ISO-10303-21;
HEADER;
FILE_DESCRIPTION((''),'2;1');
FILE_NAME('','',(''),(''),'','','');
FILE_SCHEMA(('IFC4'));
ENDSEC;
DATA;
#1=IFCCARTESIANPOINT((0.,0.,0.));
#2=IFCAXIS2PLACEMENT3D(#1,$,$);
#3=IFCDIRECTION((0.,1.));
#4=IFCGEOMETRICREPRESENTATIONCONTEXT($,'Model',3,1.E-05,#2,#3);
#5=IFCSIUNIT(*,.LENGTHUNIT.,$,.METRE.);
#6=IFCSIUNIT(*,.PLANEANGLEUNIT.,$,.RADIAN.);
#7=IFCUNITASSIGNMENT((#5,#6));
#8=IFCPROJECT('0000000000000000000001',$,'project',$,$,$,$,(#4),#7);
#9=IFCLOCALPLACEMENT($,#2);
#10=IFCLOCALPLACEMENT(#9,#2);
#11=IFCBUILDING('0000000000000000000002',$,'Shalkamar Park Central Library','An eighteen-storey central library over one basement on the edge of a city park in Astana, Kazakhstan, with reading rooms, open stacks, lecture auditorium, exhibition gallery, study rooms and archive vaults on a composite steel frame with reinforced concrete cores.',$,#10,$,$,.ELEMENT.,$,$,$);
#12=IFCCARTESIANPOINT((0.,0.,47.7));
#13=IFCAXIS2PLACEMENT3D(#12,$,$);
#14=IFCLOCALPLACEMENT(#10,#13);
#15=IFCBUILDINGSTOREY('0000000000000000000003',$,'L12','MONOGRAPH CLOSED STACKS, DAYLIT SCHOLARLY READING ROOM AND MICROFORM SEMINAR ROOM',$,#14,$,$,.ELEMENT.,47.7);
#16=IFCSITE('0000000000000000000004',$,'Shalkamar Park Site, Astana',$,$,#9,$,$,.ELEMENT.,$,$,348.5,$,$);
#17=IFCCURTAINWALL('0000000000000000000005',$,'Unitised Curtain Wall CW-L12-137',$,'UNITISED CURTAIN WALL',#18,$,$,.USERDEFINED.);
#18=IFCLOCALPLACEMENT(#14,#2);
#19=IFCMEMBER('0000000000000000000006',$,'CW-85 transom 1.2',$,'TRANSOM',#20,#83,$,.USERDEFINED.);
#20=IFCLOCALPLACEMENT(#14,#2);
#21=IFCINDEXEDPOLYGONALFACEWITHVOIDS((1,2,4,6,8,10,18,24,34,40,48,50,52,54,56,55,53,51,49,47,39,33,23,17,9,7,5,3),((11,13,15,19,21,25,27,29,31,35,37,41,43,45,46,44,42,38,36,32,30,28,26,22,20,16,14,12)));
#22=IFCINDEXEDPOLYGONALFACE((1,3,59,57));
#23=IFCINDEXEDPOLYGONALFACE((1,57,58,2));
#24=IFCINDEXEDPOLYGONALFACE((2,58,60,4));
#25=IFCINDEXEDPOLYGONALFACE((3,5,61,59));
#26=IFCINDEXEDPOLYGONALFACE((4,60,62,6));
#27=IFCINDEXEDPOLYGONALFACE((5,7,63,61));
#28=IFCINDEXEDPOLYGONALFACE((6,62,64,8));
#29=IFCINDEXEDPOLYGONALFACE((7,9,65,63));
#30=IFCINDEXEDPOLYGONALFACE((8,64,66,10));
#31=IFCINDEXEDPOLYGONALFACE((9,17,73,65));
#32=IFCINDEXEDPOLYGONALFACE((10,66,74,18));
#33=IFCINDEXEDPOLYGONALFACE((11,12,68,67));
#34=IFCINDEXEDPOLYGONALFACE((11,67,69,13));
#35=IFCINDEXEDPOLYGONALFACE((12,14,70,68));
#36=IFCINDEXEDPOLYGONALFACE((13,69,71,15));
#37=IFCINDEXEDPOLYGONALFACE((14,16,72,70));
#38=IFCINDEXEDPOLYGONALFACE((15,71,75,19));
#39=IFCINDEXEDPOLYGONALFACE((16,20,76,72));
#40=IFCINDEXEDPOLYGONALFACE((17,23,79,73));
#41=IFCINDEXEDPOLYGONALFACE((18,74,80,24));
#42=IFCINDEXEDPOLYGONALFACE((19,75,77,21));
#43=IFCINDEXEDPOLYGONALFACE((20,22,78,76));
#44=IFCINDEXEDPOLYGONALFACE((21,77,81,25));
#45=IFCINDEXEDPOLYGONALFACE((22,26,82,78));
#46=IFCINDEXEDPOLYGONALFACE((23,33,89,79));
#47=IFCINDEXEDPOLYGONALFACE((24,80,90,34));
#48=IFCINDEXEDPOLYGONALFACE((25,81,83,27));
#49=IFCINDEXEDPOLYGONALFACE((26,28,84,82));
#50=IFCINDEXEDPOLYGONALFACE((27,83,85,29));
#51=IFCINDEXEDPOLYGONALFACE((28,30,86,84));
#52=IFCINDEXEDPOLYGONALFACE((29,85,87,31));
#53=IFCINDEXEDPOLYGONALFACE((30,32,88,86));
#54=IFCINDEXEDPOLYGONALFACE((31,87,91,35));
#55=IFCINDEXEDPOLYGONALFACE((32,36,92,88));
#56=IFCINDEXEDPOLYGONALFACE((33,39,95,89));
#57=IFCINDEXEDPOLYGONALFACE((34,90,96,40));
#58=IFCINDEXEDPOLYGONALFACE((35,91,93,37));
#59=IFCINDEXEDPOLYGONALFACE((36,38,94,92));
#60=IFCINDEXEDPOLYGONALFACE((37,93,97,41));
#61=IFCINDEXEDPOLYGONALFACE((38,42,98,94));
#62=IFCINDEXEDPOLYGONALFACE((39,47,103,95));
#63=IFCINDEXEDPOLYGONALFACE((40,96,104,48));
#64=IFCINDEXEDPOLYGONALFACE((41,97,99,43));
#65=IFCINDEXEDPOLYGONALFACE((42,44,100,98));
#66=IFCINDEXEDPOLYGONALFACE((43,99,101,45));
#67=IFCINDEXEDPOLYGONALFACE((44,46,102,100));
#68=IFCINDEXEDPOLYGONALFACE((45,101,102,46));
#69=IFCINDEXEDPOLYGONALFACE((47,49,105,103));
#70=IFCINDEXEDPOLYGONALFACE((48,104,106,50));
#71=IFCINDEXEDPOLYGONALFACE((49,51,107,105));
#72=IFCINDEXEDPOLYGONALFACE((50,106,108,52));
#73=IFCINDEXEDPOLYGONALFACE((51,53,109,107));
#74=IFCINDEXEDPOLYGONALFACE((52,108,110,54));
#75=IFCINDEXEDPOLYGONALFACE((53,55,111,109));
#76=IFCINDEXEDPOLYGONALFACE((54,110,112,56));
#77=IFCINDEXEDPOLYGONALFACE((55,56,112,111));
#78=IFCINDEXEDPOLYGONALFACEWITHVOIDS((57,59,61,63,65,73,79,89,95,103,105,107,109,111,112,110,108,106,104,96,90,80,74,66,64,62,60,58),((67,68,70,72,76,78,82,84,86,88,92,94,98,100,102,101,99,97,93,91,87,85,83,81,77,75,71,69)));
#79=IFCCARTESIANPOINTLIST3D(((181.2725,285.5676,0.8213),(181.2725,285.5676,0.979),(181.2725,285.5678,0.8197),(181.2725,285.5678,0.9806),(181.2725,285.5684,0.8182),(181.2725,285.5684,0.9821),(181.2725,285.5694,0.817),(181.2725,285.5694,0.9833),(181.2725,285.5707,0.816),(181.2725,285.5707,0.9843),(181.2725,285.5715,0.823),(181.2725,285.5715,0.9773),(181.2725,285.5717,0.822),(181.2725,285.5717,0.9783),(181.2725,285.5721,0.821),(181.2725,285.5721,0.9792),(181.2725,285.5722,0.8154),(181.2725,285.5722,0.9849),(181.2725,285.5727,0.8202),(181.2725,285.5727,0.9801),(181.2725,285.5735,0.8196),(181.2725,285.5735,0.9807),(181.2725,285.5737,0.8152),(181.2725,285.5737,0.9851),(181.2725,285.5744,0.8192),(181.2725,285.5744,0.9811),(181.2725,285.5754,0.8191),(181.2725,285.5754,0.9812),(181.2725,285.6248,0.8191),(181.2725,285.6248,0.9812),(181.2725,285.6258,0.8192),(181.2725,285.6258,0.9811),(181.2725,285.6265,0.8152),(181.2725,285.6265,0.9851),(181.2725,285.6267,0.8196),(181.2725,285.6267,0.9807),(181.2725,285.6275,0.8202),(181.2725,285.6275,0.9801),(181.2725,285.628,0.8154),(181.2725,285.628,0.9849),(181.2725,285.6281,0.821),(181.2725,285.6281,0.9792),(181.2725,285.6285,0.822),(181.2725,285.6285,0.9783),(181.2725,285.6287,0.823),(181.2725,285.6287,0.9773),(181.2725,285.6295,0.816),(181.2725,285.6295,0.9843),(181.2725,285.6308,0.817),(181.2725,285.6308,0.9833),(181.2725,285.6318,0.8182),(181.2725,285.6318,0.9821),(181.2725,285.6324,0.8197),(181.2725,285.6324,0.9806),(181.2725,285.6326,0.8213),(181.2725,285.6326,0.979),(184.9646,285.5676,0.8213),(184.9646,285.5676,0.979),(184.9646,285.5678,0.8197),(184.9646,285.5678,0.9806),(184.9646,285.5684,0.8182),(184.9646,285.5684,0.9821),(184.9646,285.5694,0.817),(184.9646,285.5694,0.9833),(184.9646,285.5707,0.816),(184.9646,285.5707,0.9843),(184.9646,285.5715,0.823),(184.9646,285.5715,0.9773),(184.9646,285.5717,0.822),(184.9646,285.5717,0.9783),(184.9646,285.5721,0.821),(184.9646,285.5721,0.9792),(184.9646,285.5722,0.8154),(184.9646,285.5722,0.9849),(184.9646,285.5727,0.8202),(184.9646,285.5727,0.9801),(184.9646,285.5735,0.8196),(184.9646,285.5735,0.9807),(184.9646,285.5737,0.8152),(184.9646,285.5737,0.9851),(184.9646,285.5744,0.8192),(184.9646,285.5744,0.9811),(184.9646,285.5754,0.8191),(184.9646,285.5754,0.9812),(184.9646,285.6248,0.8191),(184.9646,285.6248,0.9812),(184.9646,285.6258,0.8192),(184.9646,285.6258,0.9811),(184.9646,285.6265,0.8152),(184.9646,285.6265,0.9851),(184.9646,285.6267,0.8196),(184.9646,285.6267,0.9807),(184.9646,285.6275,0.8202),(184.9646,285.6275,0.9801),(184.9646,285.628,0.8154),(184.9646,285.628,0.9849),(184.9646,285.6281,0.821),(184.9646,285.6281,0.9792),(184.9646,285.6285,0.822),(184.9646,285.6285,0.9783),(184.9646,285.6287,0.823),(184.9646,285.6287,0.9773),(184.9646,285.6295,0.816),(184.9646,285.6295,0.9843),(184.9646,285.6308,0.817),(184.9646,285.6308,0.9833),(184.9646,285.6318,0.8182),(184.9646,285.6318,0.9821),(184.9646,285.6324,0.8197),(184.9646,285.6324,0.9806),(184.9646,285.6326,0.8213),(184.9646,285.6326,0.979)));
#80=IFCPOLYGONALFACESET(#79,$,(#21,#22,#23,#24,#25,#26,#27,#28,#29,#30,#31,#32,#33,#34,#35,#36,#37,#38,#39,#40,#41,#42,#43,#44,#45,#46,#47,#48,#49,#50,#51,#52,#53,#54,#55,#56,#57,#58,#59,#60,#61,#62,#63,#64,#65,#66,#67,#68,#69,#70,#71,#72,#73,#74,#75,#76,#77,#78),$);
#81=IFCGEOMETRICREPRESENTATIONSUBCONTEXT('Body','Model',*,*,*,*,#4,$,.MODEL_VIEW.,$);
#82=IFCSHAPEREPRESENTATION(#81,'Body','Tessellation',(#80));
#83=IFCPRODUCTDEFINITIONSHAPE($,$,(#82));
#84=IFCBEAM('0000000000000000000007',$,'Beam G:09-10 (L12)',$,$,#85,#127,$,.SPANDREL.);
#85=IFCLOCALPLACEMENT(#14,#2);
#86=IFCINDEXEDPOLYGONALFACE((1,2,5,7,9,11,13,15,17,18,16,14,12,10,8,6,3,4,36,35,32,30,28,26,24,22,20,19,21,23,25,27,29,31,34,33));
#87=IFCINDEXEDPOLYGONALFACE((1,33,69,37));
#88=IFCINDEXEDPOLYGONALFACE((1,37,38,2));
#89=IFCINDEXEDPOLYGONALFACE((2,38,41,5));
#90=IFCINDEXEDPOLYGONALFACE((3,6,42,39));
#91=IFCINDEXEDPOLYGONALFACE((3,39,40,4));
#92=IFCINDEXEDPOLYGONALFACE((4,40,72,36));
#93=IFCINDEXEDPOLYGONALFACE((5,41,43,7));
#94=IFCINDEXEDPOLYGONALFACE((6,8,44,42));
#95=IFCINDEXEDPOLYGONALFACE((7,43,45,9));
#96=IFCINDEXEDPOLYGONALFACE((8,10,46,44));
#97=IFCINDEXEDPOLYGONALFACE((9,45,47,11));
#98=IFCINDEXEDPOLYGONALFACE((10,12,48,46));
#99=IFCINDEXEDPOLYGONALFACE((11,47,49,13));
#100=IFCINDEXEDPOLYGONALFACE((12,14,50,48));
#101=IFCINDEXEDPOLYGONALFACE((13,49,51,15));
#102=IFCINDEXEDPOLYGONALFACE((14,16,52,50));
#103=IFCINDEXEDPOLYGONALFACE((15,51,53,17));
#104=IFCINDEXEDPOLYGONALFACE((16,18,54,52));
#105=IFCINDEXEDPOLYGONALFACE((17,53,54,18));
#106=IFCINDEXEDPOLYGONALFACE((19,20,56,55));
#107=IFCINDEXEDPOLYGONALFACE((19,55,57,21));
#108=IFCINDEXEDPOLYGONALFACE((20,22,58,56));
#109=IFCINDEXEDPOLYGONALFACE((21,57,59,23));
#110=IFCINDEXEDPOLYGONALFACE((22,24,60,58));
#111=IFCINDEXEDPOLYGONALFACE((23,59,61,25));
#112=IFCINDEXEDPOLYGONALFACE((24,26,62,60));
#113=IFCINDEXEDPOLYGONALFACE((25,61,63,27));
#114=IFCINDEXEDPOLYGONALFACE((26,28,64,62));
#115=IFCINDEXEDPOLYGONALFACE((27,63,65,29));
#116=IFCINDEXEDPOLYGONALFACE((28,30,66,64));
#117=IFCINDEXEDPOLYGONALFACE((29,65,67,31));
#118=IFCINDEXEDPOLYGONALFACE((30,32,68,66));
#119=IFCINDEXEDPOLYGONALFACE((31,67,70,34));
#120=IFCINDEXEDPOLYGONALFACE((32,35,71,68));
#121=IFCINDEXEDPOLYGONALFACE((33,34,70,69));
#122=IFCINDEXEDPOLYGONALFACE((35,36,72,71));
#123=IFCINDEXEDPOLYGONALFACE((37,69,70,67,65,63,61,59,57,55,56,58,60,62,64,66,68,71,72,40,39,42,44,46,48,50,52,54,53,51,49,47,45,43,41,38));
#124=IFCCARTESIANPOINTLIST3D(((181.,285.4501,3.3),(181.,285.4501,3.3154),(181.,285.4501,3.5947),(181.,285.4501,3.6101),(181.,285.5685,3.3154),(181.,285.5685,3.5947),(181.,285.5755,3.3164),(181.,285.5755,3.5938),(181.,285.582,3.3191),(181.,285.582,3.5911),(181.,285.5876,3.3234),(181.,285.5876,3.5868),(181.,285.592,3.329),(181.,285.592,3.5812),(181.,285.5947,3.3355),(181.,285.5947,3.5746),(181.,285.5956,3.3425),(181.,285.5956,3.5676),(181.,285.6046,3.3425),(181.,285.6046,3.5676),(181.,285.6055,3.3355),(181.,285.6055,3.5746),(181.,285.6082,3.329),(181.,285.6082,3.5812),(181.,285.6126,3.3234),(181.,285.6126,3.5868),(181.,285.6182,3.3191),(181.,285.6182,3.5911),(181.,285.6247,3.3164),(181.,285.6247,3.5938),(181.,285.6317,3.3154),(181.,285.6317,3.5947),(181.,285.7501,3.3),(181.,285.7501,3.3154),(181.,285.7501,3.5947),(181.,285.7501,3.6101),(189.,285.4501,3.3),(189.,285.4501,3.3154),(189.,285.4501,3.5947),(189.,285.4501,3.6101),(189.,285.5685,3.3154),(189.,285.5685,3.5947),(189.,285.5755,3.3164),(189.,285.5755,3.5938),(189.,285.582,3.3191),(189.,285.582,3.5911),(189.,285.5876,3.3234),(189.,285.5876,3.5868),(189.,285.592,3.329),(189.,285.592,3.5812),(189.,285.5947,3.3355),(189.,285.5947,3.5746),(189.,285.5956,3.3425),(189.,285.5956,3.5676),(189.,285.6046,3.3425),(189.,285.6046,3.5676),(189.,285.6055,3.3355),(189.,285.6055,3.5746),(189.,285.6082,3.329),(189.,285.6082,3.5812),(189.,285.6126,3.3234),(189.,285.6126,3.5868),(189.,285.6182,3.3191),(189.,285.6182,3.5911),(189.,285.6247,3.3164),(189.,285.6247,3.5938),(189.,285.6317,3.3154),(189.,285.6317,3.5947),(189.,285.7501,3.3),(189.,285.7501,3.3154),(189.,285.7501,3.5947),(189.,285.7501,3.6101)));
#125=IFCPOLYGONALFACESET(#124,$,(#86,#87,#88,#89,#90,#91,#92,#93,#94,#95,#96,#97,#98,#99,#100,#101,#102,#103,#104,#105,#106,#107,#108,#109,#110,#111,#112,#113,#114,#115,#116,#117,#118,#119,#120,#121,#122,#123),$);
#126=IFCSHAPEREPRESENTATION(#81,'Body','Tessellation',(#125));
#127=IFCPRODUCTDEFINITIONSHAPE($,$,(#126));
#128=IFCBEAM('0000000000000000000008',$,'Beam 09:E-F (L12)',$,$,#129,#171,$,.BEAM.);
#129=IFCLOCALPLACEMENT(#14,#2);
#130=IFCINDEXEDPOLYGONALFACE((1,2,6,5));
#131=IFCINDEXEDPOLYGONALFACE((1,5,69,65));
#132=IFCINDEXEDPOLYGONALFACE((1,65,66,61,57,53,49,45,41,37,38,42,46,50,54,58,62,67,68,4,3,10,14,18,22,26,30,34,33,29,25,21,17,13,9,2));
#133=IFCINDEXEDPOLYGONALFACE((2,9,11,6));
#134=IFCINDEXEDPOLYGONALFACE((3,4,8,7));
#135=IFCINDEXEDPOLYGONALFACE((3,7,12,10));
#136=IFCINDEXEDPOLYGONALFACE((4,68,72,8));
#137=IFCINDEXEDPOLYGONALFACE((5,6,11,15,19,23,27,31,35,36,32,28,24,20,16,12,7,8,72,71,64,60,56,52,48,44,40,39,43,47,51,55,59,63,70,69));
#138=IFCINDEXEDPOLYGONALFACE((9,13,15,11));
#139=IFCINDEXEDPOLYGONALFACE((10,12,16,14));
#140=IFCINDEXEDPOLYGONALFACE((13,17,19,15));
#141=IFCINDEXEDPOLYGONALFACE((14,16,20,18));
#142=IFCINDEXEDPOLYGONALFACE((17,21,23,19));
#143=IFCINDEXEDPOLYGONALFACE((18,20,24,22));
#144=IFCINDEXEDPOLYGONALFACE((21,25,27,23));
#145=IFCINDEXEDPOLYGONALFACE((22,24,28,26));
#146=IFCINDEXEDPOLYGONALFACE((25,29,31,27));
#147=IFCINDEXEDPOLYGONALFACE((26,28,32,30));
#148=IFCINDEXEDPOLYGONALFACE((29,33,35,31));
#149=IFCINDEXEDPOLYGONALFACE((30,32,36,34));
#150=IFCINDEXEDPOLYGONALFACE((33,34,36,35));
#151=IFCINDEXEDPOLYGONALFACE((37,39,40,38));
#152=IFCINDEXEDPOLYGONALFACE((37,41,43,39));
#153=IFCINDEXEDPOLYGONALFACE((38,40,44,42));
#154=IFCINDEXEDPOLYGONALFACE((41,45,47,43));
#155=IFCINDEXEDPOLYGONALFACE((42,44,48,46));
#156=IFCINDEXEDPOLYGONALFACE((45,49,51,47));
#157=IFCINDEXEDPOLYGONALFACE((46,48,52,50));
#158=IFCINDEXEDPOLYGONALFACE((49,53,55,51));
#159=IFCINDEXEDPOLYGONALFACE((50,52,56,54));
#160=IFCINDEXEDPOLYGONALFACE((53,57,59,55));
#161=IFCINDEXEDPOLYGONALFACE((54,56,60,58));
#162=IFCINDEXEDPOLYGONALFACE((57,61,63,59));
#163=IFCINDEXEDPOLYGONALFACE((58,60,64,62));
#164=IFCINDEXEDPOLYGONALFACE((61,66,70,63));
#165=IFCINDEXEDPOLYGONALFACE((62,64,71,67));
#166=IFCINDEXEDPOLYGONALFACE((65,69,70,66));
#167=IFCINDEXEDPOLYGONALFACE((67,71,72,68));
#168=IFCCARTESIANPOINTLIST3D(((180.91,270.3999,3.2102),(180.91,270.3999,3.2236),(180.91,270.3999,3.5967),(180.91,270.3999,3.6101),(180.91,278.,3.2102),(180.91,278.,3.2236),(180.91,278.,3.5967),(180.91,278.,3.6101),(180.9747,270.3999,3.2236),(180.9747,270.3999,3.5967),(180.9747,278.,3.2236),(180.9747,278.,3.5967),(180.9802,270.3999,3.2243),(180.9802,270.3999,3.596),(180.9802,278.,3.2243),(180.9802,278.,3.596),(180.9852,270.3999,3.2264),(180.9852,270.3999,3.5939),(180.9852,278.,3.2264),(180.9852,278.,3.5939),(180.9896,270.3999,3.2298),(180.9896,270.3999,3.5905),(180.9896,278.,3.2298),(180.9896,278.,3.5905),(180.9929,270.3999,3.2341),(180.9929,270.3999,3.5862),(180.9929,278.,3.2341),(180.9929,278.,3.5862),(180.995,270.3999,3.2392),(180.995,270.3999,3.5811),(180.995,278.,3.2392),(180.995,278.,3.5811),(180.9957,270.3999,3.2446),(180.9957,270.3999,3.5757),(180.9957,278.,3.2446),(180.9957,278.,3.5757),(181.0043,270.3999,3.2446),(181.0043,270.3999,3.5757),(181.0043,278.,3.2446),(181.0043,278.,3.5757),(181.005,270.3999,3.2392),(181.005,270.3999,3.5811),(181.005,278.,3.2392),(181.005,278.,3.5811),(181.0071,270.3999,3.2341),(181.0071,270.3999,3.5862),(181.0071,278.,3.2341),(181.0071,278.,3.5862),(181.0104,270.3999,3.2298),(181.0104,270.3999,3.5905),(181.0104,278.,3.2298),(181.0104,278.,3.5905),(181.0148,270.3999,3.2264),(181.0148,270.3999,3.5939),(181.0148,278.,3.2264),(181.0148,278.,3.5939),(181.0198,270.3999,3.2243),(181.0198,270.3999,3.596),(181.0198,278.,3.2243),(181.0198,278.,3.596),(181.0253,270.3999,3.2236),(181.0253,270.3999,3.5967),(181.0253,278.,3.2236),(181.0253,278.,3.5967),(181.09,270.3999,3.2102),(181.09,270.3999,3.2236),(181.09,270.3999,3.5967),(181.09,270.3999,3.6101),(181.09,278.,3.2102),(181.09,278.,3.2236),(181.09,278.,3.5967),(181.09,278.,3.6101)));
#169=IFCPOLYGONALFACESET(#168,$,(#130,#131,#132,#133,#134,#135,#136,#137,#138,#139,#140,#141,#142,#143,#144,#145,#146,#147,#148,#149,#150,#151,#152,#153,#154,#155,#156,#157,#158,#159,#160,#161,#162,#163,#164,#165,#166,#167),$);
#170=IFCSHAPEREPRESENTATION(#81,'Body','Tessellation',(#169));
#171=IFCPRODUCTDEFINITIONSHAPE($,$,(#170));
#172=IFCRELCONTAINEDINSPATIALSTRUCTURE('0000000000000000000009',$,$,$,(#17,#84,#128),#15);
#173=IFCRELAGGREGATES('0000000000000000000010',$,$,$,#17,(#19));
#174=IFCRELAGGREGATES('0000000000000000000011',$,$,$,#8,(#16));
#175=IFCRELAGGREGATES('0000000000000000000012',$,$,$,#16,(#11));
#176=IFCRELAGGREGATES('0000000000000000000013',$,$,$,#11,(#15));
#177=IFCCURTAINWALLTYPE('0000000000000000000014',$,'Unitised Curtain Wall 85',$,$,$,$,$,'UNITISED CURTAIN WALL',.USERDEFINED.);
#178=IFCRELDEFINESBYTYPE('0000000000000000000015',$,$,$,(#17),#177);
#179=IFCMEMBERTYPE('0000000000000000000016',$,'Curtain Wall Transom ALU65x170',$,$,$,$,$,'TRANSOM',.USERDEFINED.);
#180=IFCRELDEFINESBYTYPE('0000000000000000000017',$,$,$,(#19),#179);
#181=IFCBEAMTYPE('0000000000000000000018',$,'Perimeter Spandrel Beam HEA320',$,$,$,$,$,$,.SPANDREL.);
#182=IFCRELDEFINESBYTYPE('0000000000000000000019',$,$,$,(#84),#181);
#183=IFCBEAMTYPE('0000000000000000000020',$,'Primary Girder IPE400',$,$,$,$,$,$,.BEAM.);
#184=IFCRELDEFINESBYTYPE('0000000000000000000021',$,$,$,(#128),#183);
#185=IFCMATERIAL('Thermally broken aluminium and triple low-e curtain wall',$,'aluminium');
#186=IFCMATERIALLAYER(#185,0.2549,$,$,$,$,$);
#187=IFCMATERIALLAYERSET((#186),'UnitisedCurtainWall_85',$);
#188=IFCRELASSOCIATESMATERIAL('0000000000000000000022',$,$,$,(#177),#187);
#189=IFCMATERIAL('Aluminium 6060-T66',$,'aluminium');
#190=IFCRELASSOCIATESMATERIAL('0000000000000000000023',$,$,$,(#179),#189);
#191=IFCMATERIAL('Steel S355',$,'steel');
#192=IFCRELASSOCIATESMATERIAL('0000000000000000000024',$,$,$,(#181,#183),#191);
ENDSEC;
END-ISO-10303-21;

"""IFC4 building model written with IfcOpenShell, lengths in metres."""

from ifc_helpers import new_model, si_unit, direction, frame, origin, origin_2d, place, context, subcontext, project, spatial, hollow_rectangle, i_section, extrude, material, layer, layer_set, material_profile, profile_set, type_object, element, aggregate, save


model = new_model("IFC4")

# Units and contexts
model_context = context("Model", 3, precision=1e-05, world=origin(), true_north=direction((0.0, 1.0)))
body_context = subcontext(model_context, "Body", "Model", "MODEL_VIEW")
ifc_project = project(units=[si_unit("LENGTHUNIT", "METRE"), si_unit("PLANEANGLEUNIT", "RADIAN")], contexts=[model_context])

# Site, building, storey
site_placement = place(None, origin())
site = spatial("IfcSite", under=ifc_project, at=site_placement, Name="Shalkamar Park Site, Astana", CompositionType="ELEMENT", RefElevation=348.5)
building_placement = place(site_placement, origin())
building = spatial("IfcBuilding", under=site, at=building_placement, Name="Shalkamar Park Central Library", Description="An eighteen-storey central library over one basement on the edge of a city park in Astana, Kazakhstan, with reading rooms, open stacks, lecture auditorium, exhibition gallery, study rooms and archive vaults on a composite steel frame with reinforced concrete cores.", CompositionType="ELEMENT")
storey_placement = place(building_placement, frame((0.0, 0.0, 47.7)))
storey = spatial("IfcBuildingStorey", under=building, at=storey_placement, Name="L12", Description="MONOGRAPH CLOSED STACKS, DAYLIT SCHOLARLY READING ROOM AND MICROFORM SEMINAR ROOM", CompositionType="ELEMENT", Elevation=47.7)

# Shared definitions
ifc_material_1 = material(Name="Steel S355", Category="steel")

# Curtain wall
ifc_material_2 = material(Name="Thermally broken aluminium and triple low-e curtain wall", Category="aluminium")
ifc_material_3 = material(Name="Aluminium 6060-T66", Category="aluminium")
ifc_layer_1 = layer(ifc_material_2, 0.2549)
ifc_layer_set_1 = layer_set([ifc_layer_1], Name="UnitisedCurtainWall_85")
curtain_wall_type_1 = type_object("IfcCurtainWallType", Name="Unitised Curtain Wall 85", ElementType="UNITISED CURTAIN WALL", PredefinedType="USERDEFINED", material=ifc_layer_set_1)
curtain_wall_1_placement = place(storey_placement, origin())
curtain_wall_1 = element("IfcCurtainWall", 1, at=curtain_wall_1_placement, inside=storey, type_object=curtain_wall_type_1, Name="Unitised Curtain Wall CW-L12-137", ObjectType="UNITISED CURTAIN WALL", PredefinedType="USERDEFINED")

# Member
ifc_material_profile_1 = material_profile(ifc_material_3, hollow_rectangle(XDim=0.0649, YDim=0.1699, WallThickness=0.0039, InnerFilletRadius=0.0039, OuterFilletRadius=0.0061, at=origin_2d()), Name="ALU 65x170x4")
ifc_profile_set_1 = profile_set([ifc_material_profile_1], Name="Aluminium 6060-T66")
member_type_1 = type_object("IfcMemberType", Name="Curtain Wall Transom ALU65x170", ElementType="TRANSOM", PredefinedType="USERDEFINED", material=ifc_profile_set_1)
member_1_placement = place(storey_placement, frame((181.2725, 285.6001, 0.9001), z_axis=(1.0, 0.0, 0.0), x_axis=(0.0, 1.0, 0.0)))
member_1 = element("IfcMember", 2, at=member_1_placement, type_object=member_type_1, Name="CW-85 transom 1.2", ObjectType="TRANSOM", PredefinedType="USERDEFINED", context=body_context, shape_type="SweptSolid", body=[
    extrude(hollow_rectangle(XDim=0.0649, YDim=0.1699, WallThickness=0.0039, InnerFilletRadius=0.0039, OuterFilletRadius=0.0061, at=origin_2d()), origin(), (0.0, 0.0, 1.0), 3.6921),
])
aggregate(curtain_wall_1, [member_1])

# Beams
ifc_material_profile_2 = material_profile(ifc_material_1, i_section(OverallWidth=0.3, OverallDepth=0.3101, WebThickness=0.009, FlangeThickness=0.0154, FilletRadius=0.0271, at=origin_2d()), Name="HEA 320")
ifc_profile_set_2 = profile_set([ifc_material_profile_2], Name="Steel S355")
beam_type_1 = type_object("IfcBeamType", Name="Perimeter Spandrel Beam HEA320", PredefinedType="SPANDREL", material=ifc_profile_set_2)
beam_1_placement = place(storey_placement, frame((181.0, 285.6001, 3.4551), z_axis=(1.0, 0.0, 0.0), x_axis=(0.0, 1.0, 0.0)))
element("IfcBeam", 3, at=beam_1_placement, inside=storey, type_object=beam_type_1, Name="Beam G:09-10 (L12)", PredefinedType="SPANDREL", context=body_context, shape_type="SweptSolid", body=[
    extrude(i_section(OverallWidth=0.3, OverallDepth=0.3101, WebThickness=0.009, FlangeThickness=0.0154, FilletRadius=0.0271, at=origin_2d()), origin(), (0.0, 0.0, 1.0), 8.0),
])
ifc_material_profile_3 = material_profile(ifc_material_1, i_section(OverallWidth=0.1799, OverallDepth=0.3999, WebThickness=0.0085, FlangeThickness=0.0134, FilletRadius=0.021, at=origin_2d()), Name="IPE 400")
ifc_profile_set_3 = profile_set([ifc_material_profile_3], Name="Steel S355")
beam_type_2 = type_object("IfcBeamType", Name="Primary Girder IPE400", PredefinedType="BEAM", material=ifc_profile_set_3)
for number, where, z_axis, x_axis, name in (
    (4, (181.0, 270.3999, 3.4102), (0.0, 1.0, 0.0), (-1.0, 0.0, 0.0), "Beam 09:E-F (L12)"),
):
    element("IfcBeam", number, at=place(storey_placement, frame(where, z_axis=z_axis, x_axis=x_axis)), inside=storey, type_object=beam_type_2, Name=name, PredefinedType="BEAM", context=body_context, shape_type="SweptSolid", body=[
        extrude(i_section(OverallWidth=0.1799, OverallDepth=0.3999, WebThickness=0.0085, FlangeThickness=0.0134, FilletRadius=0.021, at=origin_2d()), origin(), (0.0, 0.0, 1.0), 7.6001),
    ])

save(model, "model.ifc")
